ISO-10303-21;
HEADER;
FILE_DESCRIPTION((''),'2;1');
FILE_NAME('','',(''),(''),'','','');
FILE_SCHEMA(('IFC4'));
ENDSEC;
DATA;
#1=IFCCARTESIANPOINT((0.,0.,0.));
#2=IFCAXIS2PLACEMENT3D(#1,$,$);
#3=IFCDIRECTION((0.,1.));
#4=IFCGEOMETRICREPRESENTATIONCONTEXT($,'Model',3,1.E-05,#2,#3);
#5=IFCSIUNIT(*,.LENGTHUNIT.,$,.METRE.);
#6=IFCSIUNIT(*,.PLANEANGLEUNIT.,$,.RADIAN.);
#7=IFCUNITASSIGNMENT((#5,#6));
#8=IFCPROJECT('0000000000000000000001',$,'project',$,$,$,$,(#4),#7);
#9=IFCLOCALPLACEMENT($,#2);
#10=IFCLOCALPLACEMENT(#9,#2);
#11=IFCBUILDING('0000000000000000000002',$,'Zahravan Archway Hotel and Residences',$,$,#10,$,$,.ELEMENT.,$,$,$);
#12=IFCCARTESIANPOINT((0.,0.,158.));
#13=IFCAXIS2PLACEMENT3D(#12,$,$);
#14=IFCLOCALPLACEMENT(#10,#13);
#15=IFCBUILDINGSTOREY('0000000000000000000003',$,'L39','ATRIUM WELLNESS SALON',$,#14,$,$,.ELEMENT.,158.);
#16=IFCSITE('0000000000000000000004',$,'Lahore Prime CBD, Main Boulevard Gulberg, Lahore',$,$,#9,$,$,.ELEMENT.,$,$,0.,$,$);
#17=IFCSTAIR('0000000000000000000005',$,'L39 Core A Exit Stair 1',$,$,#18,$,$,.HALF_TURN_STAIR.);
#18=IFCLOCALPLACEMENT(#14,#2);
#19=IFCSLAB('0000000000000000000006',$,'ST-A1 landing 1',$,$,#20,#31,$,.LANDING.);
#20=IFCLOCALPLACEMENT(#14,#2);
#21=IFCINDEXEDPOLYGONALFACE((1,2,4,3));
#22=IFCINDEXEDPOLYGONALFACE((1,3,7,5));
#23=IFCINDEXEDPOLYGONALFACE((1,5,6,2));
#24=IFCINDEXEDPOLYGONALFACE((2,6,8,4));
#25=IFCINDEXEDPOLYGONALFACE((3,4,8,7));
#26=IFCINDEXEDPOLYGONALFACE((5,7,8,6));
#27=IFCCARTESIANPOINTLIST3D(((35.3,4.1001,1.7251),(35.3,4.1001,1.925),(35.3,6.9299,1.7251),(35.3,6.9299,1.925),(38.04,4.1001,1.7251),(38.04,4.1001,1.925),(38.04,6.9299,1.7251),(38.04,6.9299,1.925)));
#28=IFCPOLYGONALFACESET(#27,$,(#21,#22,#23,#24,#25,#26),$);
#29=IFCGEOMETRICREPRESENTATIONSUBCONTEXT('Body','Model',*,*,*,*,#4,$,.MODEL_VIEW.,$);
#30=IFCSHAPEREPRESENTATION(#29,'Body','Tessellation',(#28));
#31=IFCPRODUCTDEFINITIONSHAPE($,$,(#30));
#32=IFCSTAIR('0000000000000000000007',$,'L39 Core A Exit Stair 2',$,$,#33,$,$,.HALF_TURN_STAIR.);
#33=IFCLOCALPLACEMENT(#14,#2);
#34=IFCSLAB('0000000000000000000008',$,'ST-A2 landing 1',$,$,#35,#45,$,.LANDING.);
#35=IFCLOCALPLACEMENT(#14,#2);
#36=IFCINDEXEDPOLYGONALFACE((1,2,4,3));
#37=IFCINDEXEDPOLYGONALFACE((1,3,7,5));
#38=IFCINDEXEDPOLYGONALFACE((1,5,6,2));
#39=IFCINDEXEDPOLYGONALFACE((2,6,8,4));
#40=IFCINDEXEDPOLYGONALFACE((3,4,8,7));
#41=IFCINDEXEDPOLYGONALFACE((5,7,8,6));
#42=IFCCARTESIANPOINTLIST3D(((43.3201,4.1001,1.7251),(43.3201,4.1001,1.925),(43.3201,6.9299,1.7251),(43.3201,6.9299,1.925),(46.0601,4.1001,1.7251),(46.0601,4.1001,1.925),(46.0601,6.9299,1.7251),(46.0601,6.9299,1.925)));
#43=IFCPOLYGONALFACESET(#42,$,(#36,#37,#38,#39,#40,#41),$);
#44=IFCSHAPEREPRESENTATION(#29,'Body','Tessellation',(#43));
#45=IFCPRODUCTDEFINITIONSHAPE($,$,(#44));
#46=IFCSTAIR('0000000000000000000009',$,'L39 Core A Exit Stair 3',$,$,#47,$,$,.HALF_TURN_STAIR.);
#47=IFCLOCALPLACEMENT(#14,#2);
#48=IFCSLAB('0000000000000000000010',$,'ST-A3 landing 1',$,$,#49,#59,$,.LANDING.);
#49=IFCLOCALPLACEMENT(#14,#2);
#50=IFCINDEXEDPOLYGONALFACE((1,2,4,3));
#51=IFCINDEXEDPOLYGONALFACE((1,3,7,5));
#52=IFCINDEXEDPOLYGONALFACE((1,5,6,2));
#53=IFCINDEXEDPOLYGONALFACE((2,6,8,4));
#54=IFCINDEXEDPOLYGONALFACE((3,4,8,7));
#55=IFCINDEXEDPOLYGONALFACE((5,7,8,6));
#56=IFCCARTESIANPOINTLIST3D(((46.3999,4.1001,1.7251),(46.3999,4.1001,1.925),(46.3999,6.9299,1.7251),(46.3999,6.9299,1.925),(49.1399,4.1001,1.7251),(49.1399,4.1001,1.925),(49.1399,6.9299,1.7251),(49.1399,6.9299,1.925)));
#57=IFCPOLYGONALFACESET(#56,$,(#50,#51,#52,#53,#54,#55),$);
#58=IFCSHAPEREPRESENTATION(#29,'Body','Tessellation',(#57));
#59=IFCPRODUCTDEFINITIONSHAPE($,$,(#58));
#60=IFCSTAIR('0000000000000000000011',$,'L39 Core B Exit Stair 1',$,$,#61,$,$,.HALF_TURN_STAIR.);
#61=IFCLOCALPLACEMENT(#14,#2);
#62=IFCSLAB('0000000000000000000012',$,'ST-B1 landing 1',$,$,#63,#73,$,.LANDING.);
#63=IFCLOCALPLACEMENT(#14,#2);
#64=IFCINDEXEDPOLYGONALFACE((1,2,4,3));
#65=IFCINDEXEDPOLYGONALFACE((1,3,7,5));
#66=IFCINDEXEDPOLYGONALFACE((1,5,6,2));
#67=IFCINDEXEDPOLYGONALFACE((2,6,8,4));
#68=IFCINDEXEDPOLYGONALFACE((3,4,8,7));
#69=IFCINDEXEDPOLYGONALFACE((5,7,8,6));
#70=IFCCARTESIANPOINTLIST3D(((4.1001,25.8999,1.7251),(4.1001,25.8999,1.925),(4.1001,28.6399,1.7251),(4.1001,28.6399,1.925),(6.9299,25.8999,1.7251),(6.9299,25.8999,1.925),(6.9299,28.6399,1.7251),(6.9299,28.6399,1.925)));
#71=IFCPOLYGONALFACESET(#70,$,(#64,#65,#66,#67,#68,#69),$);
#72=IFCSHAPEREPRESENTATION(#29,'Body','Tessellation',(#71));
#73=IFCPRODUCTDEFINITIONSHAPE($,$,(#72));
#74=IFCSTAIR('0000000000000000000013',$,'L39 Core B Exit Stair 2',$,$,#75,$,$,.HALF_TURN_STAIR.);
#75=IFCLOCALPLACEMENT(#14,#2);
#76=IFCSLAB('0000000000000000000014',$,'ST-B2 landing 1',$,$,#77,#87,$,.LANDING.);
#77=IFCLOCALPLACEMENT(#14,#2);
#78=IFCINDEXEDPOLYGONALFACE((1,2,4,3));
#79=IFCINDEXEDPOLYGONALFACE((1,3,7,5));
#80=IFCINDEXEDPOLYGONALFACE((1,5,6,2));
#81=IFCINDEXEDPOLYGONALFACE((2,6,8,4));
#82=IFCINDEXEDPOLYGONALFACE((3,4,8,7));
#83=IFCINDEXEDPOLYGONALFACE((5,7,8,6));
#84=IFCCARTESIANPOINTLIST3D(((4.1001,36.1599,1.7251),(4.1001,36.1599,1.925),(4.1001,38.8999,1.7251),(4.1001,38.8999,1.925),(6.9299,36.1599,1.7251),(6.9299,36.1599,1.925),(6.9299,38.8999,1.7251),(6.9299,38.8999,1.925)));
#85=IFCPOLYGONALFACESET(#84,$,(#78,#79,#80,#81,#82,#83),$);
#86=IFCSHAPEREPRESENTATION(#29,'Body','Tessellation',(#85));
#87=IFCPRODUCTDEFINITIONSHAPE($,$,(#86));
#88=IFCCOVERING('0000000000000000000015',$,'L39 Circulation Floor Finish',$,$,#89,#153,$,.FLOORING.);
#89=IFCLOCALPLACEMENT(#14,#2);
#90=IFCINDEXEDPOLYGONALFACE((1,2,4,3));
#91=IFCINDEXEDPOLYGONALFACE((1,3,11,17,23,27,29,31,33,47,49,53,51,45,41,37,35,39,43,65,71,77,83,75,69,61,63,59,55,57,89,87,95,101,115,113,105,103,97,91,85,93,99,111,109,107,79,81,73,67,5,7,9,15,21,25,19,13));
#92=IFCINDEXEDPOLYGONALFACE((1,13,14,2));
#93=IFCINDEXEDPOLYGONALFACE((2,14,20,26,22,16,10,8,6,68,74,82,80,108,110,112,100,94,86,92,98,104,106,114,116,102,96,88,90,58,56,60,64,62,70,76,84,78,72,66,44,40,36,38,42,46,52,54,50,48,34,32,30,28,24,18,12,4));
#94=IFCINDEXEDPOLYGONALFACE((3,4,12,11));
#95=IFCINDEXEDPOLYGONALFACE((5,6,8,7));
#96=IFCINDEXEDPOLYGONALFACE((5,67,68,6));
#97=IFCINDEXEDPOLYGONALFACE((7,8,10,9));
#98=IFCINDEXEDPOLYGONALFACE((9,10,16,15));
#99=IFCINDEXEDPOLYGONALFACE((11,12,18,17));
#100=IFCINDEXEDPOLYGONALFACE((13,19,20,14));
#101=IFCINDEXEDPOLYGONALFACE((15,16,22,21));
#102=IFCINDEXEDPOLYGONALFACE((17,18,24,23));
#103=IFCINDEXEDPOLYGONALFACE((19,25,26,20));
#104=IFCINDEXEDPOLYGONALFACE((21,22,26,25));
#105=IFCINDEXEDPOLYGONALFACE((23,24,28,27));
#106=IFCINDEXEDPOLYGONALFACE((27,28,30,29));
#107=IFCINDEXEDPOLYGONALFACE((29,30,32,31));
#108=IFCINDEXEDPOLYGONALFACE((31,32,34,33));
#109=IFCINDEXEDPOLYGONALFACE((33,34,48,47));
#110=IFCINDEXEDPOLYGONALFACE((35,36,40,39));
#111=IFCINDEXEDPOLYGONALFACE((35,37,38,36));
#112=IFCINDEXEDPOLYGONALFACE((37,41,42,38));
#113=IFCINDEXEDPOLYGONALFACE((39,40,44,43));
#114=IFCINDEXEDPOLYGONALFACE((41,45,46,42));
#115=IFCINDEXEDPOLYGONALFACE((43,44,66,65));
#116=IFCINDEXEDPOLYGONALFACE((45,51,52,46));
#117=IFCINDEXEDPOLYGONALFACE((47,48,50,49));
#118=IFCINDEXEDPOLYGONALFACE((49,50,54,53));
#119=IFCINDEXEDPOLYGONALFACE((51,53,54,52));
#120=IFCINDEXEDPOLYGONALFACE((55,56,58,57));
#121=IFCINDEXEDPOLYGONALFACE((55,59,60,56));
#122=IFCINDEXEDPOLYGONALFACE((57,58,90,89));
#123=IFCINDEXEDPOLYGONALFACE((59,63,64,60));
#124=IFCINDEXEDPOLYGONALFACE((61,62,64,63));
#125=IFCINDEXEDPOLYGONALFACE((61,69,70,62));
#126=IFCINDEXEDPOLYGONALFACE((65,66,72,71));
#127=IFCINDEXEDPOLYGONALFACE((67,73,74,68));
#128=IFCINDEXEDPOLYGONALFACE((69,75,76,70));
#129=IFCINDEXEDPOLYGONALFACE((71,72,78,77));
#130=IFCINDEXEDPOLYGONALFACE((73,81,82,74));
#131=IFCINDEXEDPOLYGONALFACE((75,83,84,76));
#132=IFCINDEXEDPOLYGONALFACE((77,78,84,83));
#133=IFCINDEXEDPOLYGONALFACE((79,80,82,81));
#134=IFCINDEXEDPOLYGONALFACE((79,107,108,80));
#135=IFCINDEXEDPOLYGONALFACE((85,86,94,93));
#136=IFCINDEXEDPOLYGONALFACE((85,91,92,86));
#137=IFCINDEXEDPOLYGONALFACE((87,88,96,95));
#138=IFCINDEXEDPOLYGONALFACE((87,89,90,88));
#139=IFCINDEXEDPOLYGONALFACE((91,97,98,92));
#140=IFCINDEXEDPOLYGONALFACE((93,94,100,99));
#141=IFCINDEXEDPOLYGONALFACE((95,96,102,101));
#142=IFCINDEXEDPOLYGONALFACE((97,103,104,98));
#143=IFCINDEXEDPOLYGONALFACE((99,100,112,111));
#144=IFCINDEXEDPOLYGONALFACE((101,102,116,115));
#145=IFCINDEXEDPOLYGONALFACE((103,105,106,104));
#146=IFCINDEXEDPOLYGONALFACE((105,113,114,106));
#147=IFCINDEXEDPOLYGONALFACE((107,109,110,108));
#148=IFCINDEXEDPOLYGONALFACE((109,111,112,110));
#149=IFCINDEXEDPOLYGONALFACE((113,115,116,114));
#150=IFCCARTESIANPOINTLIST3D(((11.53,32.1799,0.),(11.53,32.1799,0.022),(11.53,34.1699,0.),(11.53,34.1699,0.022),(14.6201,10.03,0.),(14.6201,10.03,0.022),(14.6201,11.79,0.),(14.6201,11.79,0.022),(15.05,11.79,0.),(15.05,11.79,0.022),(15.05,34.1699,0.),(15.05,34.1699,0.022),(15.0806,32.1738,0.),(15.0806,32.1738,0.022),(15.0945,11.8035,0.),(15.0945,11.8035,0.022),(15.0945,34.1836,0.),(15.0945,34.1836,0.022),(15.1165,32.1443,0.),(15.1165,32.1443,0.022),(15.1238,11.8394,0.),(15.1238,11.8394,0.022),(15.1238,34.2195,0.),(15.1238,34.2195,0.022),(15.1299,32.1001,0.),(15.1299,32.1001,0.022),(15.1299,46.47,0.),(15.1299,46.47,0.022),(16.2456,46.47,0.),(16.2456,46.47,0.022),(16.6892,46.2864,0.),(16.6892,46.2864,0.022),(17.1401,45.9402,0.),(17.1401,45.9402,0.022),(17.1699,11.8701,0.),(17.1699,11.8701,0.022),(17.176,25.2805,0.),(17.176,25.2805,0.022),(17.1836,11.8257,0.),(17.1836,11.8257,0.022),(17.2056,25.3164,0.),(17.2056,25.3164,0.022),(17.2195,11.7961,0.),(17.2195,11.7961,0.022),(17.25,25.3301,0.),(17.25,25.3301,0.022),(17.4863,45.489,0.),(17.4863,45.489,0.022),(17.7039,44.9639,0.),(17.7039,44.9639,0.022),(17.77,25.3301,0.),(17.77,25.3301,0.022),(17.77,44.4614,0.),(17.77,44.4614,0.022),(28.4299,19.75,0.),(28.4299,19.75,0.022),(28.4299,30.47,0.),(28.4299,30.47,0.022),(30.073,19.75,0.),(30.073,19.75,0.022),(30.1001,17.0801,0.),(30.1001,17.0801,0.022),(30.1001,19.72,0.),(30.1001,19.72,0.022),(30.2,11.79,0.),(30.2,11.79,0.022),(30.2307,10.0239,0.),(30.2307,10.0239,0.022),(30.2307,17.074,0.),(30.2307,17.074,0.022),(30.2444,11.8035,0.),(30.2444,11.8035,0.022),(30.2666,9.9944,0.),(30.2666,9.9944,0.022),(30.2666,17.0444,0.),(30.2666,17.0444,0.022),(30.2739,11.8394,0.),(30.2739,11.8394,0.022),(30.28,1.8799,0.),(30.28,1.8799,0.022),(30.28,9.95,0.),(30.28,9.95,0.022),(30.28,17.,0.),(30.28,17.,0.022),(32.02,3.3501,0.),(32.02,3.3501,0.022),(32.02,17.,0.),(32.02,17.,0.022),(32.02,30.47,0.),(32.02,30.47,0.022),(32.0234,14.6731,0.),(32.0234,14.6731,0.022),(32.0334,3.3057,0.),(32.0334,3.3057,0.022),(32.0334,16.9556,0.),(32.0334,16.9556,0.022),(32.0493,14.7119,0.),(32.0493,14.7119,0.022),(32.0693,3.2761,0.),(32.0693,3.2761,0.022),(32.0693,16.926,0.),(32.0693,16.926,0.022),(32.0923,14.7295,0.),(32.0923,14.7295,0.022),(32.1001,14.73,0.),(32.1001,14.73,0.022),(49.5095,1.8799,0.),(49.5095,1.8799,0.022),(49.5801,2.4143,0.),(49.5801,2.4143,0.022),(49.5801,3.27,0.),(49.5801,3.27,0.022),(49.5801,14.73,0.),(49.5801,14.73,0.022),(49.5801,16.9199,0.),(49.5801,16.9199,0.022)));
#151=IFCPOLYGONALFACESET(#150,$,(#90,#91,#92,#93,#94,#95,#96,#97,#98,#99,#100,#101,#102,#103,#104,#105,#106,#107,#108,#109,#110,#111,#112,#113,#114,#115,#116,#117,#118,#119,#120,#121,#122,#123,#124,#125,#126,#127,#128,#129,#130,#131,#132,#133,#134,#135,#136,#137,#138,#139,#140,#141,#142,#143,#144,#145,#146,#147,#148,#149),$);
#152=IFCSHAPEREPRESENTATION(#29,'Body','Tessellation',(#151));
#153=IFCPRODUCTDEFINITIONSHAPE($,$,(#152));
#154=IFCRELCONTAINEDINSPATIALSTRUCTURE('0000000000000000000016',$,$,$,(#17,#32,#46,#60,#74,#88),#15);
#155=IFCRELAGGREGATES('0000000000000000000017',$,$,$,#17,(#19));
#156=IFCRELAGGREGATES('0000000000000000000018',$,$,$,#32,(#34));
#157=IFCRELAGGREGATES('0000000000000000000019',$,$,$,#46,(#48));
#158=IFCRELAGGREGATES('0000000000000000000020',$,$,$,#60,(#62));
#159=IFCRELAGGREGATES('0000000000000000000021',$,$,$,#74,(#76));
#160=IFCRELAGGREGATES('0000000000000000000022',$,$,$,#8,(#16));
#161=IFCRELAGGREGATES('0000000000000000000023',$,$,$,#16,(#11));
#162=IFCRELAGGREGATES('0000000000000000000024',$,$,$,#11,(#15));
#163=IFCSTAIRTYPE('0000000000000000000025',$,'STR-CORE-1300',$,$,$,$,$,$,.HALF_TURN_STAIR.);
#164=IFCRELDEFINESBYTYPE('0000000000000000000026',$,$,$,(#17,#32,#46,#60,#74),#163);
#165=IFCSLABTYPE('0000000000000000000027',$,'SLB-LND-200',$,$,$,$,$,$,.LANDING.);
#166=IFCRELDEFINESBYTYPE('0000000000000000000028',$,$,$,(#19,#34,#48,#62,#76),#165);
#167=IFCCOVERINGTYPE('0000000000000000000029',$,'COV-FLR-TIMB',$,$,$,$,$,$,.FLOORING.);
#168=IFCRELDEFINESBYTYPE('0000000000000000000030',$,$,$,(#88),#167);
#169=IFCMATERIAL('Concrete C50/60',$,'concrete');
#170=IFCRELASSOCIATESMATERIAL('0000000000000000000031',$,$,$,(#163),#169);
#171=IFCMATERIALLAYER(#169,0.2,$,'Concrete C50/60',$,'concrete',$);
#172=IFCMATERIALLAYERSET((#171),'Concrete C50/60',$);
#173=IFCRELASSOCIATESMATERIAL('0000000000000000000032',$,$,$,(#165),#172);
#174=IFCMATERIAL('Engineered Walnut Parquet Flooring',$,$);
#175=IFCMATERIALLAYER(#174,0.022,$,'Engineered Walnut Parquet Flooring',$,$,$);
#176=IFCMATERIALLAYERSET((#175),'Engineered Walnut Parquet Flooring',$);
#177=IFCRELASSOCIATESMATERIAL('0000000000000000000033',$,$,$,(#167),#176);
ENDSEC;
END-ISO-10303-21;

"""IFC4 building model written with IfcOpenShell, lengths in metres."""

from ifc_helpers import new_model, si_unit, direction, frame, origin, place, context, subcontext, project, spatial, polyline, outline, extrude, material, layer, layer_set, type_object, element, aggregate, save


model = new_model("IFC4")

# Units and contexts
model_context = context("Model", 3, precision=1e-05, world=origin(), true_north=direction((0.0, 1.0)))
body_context = subcontext(model_context, "Body", "Model", "MODEL_VIEW")
ifc_project = project(units=[si_unit("LENGTHUNIT", "METRE"), si_unit("PLANEANGLEUNIT", "RADIAN")], contexts=[model_context])

# Site, building, storey
site_placement = place(None, origin())
site = spatial("IfcSite", under=ifc_project, at=site_placement, Name="Lahore Prime CBD, Main Boulevard Gulberg, Lahore", CompositionType="ELEMENT", RefElevation=0.0)
building_placement = place(site_placement, origin())
building = spatial("IfcBuilding", under=site, at=building_placement, Name="Zahravan Archway Hotel and Residences", CompositionType="ELEMENT")
storey_placement = place(building_placement, frame((0.0, 0.0, 158.0)))
storey = spatial("IfcBuildingStorey", under=building, at=storey_placement, Name="L39", Description="ATRIUM WELLNESS SALON", CompositionType="ELEMENT", Elevation=158.0)

# Stairs, slabs
ifc_material_1 = material(Name="Concrete C50/60", Category="concrete")
stair_type = type_object("IfcStairType", Name="STR-CORE-1300", PredefinedType="HALF_TURN_STAIR", material=ifc_material_1)
stair_1_placement = place(storey_placement, origin())
stair_1 = element("IfcStair", 1, at=stair_1_placement, inside=storey, type_object=stair_type, Name="L39 Core A Exit Stair 1", PredefinedType="HALF_TURN_STAIR")
ifc_layer_1 = layer(ifc_material_1, 0.2, Name="Concrete C50/60", Category="concrete")
ifc_layer_set_1 = layer_set([ifc_layer_1], Name="Concrete C50/60")
slab_type_1 = type_object("IfcSlabType", Name="SLB-LND-200", PredefinedType="LANDING", material=ifc_layer_set_1)
slab_1_placement = place(storey_placement, frame((0.0, 0.0, 1.7251)))
slab_1 = element("IfcSlab", 2, at=slab_1_placement, type_object=slab_type_1, Name="ST-A1 landing 1", PredefinedType="LANDING", context=body_context, shape_type="SweptSolid", body=[
    extrude(outline(polyline([(35.3, 6.9299), (35.3, 4.1001), (38.04, 4.1001), (38.04, 6.9299), (35.3, 6.9299)])), origin(), (0.0, 0.0, 1.0), 0.2),
])
aggregate(stair_1, [slab_1])
stair_2_placement = place(storey_placement, origin())
stair_2 = element("IfcStair", 3, at=stair_2_placement, inside=storey, type_object=stair_type, Name="L39 Core A Exit Stair 2", PredefinedType="HALF_TURN_STAIR")
slab_2_placement = place(storey_placement, frame((0.0, 0.0, 1.7251)))
slab_2 = element("IfcSlab", 4, at=slab_2_placement, type_object=slab_type_1, Name="ST-A2 landing 1", PredefinedType="LANDING", context=body_context, shape_type="SweptSolid", body=[
    extrude(outline(polyline([(43.3201, 6.9299), (43.3201, 4.1001), (46.0601, 4.1001), (46.0601, 6.9299), (43.3201, 6.9299)])), origin(), (0.0, 0.0, 1.0), 0.2),
])
aggregate(stair_2, [slab_2])
stair_3_placement = place(storey_placement, origin())
stair_3 = element("IfcStair", 5, at=stair_3_placement, inside=storey, type_object=stair_type, Name="L39 Core A Exit Stair 3", PredefinedType="HALF_TURN_STAIR")
slab_3_placement = place(storey_placement, frame((0.0, 0.0, 1.7251)))
slab_3 = element("IfcSlab", 6, at=slab_3_placement, type_object=slab_type_1, Name="ST-A3 landing 1", PredefinedType="LANDING", context=body_context, shape_type="SweptSolid", body=[
    extrude(outline(polyline([(46.3999, 6.9299), (46.3999, 4.1001), (49.1399, 4.1001), (49.1399, 6.9299), (46.3999, 6.9299)])), origin(), (0.0, 0.0, 1.0), 0.2),
])
aggregate(stair_3, [slab_3])
stair_4_placement = place(storey_placement, origin())
stair_4 = element("IfcStair", 7, at=stair_4_placement, inside=storey, type_object=stair_type, Name="L39 Core B Exit Stair 1", PredefinedType="HALF_TURN_STAIR")
slab_4_placement = place(storey_placement, frame((0.0, 0.0, 1.7251)))
slab_4 = element("IfcSlab", 8, at=slab_4_placement, type_object=slab_type_1, Name="ST-B1 landing 1", PredefinedType="LANDING", context=body_context, shape_type="SweptSolid", body=[
    extrude(outline(polyline([(6.9299, 28.6399), (4.1001, 28.6399), (4.1001, 25.8999), (6.9299, 25.8999), (6.9299, 28.6399)])), origin(), (0.0, 0.0, 1.0), 0.2),
])
aggregate(stair_4, [slab_4])
stair_5_placement = place(storey_placement, origin())
stair_5 = element("IfcStair", 9, at=stair_5_placement, inside=storey, type_object=stair_type, Name="L39 Core B Exit Stair 2", PredefinedType="HALF_TURN_STAIR")
slab_5_placement = place(storey_placement, frame((0.0, 0.0, 1.7251)))
slab_5 = element("IfcSlab", 10, at=slab_5_placement, type_object=slab_type_1, Name="ST-B2 landing 1", PredefinedType="LANDING", context=body_context, shape_type="SweptSolid", body=[
    extrude(outline(polyline([(6.9299, 38.8999), (4.1001, 38.8999), (4.1001, 36.1599), (6.9299, 36.1599), (6.9299, 38.8999)])), origin(), (0.0, 0.0, 1.0), 0.2),
])
aggregate(stair_5, [slab_5])

# Covering
ifc_material_2 = material(Name="Engineered Walnut Parquet Flooring")
ifc_layer_2 = layer(ifc_material_2, 0.022, Name="Engineered Walnut Parquet Flooring")
ifc_layer_set_2 = layer_set([ifc_layer_2], Name="Engineered Walnut Parquet Flooring")
covering_type = type_object("IfcCoveringType", Name="COV-FLR-TIMB", PredefinedType="FLOORING", material=ifc_layer_set_2)
covering_placement = place(storey_placement, origin())
element("IfcCovering", 11, at=covering_placement, inside=storey, type_object=covering_type, Name="L39 Circulation Floor Finish", PredefinedType="FLOORING", context=body_context, shape_type="SweptSolid", body=[
    extrude(outline(polyline([(32.0923, 14.7295), (32.0493, 14.7119), (32.0234, 14.6731), (32.02, 3.3501), (32.0334, 3.3057), (32.0693, 3.2761), (49.5801, 3.27), (49.5801, 2.4143), (49.5095, 1.8799), (30.28, 1.8799), (30.28, 9.95), (30.2666, 9.9944), (30.2307, 10.0239), (14.6201, 10.03), (14.6201, 11.79), (15.05, 11.79), (15.0945, 11.8035), (15.1238, 11.8394), (15.1299, 32.1001), (15.1165, 32.1443), (15.0806, 32.1738), (11.53, 32.1799), (11.53, 34.1699), (15.05, 34.1699), (15.0945, 34.1836), (15.1238, 34.2195), (15.1299, 46.47), (16.2456, 46.47), (16.6892, 46.2864), (17.1401, 45.9402), (17.4863, 45.489), (17.7039, 44.9639), (17.77, 44.4614), (17.77, 25.3301), (17.25, 25.3301), (17.2056, 25.3164), (17.176, 25.2805), (17.1699, 11.8701), (17.1836, 11.8257), (17.2195, 11.7961), (30.2, 11.79), (30.2444, 11.8035), (30.2739, 11.8394), (30.28, 17.0), (30.2666, 17.0444), (30.2307, 17.074), (30.1001, 17.0801), (30.1001, 19.72), (30.073, 19.75), (28.4299, 19.75), (28.4299, 30.47), (32.02, 30.47), (32.02, 17.0), (32.0334, 16.9556), (32.0693, 16.926), (49.5801, 16.9199), (49.5801, 14.73), (32.1001, 14.73), (32.0923, 14.7295)])), origin(), (0.0, 0.0, 1.0), 0.022),
])

save(model, "model.ifc")
